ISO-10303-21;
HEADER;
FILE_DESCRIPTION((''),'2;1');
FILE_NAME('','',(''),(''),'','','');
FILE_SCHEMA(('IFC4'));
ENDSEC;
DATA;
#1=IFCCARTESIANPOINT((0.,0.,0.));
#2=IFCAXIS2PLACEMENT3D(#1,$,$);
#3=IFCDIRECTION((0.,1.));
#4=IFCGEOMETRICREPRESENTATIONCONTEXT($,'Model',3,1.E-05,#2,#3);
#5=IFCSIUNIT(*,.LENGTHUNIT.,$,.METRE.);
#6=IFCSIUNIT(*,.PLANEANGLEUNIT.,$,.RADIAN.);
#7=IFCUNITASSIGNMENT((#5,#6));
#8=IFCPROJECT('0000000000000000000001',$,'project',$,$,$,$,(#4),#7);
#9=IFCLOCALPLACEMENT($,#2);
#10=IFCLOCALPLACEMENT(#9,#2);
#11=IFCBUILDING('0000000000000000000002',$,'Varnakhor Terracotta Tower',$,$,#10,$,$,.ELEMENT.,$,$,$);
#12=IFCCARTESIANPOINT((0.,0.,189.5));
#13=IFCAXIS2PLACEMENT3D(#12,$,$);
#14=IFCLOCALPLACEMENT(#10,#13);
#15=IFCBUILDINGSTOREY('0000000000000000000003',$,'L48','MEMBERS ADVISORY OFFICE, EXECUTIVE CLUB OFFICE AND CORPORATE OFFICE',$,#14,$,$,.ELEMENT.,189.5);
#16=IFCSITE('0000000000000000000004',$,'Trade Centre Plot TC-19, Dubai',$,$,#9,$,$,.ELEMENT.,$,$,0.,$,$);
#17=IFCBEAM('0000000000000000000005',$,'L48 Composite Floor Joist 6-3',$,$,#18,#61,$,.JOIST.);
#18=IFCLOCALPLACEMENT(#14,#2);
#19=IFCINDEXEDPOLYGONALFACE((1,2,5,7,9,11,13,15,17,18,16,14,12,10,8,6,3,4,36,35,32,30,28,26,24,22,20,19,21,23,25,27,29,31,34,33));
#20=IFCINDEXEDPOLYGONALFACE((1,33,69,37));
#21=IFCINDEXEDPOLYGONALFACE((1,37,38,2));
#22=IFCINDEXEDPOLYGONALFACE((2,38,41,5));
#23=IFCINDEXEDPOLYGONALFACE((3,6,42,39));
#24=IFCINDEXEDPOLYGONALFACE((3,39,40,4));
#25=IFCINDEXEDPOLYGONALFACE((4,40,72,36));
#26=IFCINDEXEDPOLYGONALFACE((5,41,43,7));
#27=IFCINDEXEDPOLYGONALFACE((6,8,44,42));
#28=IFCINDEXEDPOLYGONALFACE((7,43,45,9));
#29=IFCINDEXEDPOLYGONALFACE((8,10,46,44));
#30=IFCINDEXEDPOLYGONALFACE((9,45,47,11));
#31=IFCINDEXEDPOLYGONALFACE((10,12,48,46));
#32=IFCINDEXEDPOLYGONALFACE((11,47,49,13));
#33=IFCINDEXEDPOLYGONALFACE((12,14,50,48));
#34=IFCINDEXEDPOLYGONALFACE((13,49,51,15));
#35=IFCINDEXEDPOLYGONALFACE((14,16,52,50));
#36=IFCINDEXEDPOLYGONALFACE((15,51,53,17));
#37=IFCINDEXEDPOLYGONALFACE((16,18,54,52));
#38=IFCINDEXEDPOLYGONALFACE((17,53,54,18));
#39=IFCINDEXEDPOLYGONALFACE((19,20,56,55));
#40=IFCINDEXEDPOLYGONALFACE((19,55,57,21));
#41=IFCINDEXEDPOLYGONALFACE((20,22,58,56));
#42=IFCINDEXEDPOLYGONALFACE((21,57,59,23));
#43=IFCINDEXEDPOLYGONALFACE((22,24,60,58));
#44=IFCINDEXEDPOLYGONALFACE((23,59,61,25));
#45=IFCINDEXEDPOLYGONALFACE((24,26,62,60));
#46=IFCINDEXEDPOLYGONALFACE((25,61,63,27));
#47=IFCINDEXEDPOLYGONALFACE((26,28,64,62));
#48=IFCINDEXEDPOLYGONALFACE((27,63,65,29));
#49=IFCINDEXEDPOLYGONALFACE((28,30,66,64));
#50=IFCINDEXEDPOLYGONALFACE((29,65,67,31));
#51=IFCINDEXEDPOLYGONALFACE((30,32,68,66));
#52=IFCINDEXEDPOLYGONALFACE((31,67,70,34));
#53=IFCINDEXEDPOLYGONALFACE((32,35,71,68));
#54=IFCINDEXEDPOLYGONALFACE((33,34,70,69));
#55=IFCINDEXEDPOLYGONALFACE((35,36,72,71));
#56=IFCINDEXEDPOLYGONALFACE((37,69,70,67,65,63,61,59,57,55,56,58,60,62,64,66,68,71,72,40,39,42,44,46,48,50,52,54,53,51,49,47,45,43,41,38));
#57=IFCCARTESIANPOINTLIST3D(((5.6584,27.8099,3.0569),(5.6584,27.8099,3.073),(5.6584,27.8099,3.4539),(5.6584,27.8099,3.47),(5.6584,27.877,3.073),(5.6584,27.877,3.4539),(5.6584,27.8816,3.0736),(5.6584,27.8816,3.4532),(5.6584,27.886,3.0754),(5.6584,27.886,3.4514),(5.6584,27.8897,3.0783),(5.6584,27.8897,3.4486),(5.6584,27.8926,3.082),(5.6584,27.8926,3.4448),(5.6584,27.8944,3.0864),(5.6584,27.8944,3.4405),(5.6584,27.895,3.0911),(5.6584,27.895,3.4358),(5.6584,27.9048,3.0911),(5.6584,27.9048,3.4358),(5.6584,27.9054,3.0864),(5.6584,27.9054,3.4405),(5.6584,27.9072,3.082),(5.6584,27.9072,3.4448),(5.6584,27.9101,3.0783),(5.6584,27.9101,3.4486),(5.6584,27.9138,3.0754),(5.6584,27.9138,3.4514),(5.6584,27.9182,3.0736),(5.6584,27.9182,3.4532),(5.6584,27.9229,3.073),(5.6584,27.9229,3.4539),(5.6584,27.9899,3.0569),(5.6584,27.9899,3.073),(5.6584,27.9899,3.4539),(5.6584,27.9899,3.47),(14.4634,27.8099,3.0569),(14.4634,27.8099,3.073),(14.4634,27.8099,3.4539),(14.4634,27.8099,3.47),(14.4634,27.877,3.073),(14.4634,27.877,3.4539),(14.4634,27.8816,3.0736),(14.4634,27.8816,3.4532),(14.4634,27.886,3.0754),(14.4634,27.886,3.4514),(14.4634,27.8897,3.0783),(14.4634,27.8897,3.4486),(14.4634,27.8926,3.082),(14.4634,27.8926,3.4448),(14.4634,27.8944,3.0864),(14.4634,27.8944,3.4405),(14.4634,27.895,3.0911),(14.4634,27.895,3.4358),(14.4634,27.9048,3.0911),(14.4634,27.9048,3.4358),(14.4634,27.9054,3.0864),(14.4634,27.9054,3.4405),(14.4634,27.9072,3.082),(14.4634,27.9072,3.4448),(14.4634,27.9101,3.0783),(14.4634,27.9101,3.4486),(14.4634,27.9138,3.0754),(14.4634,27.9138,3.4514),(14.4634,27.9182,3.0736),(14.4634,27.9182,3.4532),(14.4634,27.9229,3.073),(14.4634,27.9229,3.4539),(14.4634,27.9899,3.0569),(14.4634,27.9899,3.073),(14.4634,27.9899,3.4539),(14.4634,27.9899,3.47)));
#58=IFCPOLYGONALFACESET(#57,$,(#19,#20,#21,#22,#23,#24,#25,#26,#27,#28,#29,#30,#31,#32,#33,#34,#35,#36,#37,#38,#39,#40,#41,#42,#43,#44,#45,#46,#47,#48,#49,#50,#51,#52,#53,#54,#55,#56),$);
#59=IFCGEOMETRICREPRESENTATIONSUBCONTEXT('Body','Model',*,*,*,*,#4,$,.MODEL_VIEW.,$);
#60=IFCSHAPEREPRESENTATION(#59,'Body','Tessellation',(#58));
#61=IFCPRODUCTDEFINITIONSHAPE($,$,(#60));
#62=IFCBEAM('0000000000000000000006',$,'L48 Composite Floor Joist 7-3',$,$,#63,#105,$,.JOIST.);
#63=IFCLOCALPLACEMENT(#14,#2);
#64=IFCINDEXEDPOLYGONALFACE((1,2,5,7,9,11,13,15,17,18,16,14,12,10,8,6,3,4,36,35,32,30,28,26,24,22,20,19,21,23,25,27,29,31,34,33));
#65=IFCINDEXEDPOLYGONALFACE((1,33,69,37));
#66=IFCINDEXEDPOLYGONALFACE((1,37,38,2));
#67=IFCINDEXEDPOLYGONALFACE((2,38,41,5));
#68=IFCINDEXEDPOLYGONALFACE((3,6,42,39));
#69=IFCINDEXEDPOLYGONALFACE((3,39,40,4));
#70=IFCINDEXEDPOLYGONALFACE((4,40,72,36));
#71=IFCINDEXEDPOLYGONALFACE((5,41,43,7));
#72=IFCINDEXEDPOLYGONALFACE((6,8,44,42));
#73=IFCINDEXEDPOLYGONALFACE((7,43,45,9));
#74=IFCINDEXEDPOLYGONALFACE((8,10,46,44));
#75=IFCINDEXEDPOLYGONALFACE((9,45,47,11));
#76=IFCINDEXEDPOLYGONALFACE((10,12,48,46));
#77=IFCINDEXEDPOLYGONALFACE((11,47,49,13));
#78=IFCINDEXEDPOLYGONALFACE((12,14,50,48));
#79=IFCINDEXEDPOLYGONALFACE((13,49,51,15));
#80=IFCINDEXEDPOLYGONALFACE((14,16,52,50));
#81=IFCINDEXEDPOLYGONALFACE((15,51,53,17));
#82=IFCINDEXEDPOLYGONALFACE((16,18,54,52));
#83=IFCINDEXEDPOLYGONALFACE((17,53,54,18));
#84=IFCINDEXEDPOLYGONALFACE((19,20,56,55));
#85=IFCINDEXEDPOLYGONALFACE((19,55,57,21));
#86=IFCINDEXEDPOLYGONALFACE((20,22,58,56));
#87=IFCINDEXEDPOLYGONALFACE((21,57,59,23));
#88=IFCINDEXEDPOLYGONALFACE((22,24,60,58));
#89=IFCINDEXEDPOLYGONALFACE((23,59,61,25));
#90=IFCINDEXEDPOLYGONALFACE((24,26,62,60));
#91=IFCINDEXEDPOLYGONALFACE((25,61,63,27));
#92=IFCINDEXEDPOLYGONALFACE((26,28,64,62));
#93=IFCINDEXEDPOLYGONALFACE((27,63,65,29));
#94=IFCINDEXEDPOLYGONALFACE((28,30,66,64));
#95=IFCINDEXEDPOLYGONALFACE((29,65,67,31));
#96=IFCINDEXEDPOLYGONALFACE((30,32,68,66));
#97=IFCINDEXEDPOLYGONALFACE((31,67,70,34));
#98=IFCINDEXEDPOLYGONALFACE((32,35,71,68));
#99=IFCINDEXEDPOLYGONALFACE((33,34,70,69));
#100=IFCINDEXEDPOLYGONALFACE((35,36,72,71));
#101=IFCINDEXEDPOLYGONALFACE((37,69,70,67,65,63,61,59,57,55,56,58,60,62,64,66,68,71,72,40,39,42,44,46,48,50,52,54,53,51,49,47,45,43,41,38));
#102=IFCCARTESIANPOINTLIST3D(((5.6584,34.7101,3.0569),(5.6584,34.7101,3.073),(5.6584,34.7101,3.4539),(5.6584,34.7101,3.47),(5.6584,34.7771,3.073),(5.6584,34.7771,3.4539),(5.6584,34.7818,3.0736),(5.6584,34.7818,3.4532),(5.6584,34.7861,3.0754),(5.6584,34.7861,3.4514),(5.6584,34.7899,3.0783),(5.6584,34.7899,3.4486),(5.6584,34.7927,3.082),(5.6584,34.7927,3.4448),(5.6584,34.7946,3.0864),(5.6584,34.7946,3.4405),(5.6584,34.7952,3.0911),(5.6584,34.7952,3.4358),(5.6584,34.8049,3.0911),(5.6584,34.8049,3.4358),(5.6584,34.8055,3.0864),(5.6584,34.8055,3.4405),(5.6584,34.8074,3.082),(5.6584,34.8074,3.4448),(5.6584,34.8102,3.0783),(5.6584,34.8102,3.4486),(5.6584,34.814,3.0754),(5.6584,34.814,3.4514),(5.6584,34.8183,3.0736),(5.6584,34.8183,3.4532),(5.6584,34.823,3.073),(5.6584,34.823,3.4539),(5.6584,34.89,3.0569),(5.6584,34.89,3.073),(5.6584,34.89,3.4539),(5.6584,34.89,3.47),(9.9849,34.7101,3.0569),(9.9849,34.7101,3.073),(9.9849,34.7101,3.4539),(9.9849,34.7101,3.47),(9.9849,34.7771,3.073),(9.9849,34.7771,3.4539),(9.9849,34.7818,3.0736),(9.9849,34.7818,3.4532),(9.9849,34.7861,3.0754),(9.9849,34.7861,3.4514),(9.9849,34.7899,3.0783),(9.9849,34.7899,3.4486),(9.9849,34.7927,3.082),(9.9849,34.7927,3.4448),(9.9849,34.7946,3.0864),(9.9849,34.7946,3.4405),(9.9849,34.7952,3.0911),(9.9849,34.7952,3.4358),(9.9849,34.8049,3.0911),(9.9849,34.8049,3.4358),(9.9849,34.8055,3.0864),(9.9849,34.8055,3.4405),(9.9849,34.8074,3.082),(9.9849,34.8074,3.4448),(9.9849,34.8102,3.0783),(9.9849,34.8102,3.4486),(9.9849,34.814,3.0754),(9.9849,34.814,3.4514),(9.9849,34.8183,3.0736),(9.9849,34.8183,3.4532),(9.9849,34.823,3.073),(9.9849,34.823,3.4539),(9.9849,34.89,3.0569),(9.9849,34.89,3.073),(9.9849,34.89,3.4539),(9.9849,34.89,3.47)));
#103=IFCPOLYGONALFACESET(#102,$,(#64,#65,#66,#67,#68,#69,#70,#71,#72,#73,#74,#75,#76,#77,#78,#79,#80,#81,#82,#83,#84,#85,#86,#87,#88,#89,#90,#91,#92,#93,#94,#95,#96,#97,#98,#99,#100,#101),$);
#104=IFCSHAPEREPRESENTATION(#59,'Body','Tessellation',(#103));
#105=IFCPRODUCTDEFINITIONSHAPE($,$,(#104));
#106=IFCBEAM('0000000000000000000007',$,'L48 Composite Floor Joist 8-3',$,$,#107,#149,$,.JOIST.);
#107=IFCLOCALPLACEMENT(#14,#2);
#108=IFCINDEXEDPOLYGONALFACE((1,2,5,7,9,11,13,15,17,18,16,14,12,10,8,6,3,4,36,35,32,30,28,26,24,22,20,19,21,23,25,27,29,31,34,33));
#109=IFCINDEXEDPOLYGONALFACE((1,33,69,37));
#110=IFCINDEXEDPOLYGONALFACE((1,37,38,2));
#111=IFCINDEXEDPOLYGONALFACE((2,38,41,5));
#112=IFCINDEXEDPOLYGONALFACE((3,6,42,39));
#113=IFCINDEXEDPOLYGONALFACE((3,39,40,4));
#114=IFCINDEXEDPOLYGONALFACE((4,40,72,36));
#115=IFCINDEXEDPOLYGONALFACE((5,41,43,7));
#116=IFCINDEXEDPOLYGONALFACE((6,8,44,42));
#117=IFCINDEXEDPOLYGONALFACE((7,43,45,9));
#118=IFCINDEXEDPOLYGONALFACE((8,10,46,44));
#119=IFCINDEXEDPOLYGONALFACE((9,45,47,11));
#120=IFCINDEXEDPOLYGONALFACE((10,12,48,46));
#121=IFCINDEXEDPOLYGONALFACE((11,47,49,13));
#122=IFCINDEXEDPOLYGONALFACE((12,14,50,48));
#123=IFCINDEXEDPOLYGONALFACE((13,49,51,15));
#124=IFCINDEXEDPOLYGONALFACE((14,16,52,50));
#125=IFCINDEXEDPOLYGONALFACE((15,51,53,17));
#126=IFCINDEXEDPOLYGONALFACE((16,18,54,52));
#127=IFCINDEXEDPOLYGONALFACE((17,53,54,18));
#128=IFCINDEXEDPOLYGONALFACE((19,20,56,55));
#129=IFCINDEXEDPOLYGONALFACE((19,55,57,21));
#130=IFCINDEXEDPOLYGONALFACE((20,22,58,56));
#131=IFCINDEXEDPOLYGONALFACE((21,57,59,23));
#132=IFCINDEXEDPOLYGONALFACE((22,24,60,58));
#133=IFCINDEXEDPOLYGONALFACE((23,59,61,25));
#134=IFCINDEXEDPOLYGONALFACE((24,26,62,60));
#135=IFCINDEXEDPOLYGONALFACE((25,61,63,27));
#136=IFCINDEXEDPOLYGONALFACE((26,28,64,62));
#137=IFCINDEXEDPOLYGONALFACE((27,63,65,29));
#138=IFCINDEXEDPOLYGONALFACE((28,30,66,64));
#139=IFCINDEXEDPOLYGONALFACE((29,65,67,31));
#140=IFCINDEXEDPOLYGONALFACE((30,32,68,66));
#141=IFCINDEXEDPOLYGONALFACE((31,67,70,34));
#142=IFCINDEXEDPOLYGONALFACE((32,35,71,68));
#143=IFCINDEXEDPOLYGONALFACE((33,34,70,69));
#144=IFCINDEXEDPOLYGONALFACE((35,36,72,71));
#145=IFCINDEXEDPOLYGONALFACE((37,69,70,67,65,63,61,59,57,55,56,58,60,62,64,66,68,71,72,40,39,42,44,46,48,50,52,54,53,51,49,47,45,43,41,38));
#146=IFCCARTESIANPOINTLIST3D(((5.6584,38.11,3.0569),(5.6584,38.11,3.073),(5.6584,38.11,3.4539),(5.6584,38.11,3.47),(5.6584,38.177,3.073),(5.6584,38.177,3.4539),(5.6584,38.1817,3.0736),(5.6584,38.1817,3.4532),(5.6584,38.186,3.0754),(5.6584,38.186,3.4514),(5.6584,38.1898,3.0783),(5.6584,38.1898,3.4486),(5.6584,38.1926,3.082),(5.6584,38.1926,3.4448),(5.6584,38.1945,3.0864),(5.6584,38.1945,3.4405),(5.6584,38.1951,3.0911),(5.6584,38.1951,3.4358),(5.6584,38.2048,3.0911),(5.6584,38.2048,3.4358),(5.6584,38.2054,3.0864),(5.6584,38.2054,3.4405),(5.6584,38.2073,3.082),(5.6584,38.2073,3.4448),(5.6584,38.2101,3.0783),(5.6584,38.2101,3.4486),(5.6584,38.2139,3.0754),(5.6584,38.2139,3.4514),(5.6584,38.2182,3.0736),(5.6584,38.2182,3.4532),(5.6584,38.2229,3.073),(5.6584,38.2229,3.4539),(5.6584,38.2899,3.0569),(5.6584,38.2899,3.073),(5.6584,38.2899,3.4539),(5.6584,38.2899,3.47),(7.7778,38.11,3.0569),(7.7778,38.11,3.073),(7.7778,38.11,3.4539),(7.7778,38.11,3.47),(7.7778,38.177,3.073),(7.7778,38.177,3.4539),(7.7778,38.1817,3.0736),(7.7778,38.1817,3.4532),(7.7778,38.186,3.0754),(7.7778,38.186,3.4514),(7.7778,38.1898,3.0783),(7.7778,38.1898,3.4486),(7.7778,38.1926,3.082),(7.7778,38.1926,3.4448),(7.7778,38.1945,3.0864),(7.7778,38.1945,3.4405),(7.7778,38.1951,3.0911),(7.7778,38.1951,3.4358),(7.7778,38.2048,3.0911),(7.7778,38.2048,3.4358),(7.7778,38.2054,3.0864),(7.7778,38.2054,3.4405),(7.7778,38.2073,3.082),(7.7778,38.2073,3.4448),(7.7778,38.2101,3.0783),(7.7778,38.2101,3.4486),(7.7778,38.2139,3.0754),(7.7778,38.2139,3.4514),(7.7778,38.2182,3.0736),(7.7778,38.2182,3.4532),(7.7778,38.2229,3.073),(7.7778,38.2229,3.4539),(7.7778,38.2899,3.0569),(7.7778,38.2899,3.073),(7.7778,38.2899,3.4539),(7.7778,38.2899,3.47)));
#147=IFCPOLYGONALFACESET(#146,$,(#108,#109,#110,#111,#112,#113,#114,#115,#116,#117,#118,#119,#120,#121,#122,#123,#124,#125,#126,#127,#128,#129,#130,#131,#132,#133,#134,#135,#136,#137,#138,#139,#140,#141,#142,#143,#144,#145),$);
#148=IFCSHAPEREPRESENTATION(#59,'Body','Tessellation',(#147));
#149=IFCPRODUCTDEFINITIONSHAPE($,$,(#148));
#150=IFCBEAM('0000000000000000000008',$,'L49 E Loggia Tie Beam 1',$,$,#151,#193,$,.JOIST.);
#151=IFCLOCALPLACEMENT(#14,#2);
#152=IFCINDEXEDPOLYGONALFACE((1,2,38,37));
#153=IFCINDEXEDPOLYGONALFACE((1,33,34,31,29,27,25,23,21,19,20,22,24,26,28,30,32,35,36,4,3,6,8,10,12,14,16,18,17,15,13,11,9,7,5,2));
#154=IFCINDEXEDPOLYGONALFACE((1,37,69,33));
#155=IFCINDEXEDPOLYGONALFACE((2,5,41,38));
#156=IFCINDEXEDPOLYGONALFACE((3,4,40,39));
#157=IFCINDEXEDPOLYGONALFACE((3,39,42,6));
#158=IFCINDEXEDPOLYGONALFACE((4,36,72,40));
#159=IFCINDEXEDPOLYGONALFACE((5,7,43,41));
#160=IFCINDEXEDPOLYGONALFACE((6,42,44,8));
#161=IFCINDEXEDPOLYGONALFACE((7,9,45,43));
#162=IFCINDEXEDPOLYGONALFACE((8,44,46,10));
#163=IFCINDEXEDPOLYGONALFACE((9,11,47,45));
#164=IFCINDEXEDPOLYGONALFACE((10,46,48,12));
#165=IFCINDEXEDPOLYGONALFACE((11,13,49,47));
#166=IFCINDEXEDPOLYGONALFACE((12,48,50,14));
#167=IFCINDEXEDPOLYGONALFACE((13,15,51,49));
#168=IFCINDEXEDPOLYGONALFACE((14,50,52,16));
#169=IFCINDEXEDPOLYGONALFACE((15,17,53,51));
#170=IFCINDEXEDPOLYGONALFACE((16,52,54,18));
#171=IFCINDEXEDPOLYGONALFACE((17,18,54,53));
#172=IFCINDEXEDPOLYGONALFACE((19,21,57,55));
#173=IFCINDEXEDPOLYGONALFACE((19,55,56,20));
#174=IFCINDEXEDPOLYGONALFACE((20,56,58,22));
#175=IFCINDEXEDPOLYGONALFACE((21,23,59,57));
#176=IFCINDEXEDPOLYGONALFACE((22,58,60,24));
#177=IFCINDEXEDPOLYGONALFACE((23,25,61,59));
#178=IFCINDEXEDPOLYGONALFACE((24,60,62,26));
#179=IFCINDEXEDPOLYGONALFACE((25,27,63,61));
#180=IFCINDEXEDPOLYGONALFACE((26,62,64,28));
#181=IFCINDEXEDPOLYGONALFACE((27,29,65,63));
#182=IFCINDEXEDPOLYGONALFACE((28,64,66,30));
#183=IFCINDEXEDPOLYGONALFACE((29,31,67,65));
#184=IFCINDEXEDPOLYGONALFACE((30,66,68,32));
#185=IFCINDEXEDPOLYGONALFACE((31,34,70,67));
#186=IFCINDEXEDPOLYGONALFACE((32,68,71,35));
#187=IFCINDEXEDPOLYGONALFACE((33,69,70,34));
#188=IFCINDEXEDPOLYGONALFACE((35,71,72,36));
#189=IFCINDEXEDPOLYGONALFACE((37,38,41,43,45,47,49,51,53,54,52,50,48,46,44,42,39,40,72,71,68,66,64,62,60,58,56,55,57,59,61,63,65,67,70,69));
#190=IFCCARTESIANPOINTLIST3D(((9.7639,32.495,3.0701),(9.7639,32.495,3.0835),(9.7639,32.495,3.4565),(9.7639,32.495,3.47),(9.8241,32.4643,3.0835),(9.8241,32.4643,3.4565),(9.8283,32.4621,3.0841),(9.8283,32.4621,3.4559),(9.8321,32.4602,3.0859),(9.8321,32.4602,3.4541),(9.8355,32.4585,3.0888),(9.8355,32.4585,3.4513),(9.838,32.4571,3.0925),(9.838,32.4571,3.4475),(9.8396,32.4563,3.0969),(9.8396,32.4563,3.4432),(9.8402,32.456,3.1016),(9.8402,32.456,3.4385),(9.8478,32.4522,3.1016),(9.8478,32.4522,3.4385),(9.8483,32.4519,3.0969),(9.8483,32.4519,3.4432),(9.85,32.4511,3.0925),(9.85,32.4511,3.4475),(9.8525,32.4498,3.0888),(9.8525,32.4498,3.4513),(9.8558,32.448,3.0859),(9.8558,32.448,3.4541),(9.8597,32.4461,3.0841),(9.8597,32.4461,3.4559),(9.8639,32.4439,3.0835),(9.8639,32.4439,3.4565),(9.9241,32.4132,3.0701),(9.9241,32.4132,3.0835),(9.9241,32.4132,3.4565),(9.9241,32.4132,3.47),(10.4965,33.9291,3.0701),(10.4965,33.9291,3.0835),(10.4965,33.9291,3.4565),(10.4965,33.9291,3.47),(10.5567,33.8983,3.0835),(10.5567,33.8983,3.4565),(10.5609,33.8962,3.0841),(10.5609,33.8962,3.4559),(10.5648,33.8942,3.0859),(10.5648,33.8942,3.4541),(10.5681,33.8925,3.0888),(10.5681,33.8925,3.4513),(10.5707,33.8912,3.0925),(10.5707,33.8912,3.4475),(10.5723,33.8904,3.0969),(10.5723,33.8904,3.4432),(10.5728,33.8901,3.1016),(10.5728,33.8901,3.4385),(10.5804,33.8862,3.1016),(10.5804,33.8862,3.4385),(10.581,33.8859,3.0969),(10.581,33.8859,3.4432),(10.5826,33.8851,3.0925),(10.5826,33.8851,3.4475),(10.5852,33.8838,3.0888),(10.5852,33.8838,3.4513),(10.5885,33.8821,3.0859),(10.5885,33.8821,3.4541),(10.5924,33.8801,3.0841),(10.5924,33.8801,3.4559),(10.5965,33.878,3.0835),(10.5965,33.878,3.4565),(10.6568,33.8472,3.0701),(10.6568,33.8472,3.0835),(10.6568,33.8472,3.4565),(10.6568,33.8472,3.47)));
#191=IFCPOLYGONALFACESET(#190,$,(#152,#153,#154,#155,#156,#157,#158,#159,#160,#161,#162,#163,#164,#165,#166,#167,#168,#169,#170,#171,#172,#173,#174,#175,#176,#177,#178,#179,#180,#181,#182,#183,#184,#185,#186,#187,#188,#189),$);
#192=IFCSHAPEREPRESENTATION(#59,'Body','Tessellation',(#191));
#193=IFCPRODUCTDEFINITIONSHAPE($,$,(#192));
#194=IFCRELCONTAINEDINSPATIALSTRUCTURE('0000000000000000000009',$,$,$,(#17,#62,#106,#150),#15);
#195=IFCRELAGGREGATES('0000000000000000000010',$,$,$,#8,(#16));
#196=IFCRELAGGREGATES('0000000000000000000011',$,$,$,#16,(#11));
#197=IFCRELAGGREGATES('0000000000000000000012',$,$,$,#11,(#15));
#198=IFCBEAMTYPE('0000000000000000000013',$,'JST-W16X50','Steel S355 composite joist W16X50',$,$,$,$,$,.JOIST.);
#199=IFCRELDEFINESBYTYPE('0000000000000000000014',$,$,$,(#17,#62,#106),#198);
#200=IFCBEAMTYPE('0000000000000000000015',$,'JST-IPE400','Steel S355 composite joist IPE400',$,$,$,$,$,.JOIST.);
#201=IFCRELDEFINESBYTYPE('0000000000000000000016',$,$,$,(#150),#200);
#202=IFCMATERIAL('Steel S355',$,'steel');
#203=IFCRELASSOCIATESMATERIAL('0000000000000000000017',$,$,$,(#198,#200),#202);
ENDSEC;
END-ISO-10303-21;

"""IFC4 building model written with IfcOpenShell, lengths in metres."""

from ifc_helpers import new_model, si_unit, direction, frame, origin, origin_2d, place, context, subcontext, project, spatial, i_section, extrude, source, transform, mapped, material, material_profile, profile_set, type_object, element, save


model = new_model("IFC4")

# Units and contexts
model_context = context("Model", 3, precision=1e-05, world=origin(), true_north=direction((0.0, 1.0)))
body_context = subcontext(model_context, "Body", "Model", "MODEL_VIEW")
ifc_project = project(units=[si_unit("LENGTHUNIT", "METRE"), si_unit("PLANEANGLEUNIT", "RADIAN")], contexts=[model_context])

# Site, building, storey
site_placement = place(None, origin())
site = spatial("IfcSite", under=ifc_project, at=site_placement, Name="Trade Centre Plot TC-19, Dubai", CompositionType="ELEMENT", RefElevation=0.0)
building_placement = place(site_placement, origin())
building = spatial("IfcBuilding", under=site, at=building_placement, Name="Varnakhor Terracotta Tower", CompositionType="ELEMENT")
storey_placement = place(building_placement, frame((0.0, 0.0, 189.5)))
storey = spatial("IfcBuildingStorey", under=building, at=storey_placement, Name="L48", Description="MEMBERS ADVISORY OFFICE, EXECUTIVE CLUB OFFICE AND CORPORATE OFFICE", CompositionType="ELEMENT", Elevation=189.5)

# Beams
ifc_material_1 = material(Name="Steel S355", Category="steel")
ifc_material_profile_1 = material_profile(ifc_material_1, i_section(OverallWidth=0.1799, OverallDepth=0.4131, WebThickness=0.0098, FlangeThickness=0.0161, FilletRadius=0.0181, at=origin_2d()), Name="W16X50")
ifc_profile_set_1 = profile_set([ifc_material_profile_1], Name="Steel S355")
beam_type_1 = type_object("IfcBeamType", Name="JST-W16X50", Description="Steel S355 composite joist W16X50", PredefinedType="JOIST", material=ifc_profile_set_1)
shared_shape_1 = source(origin(), body_context, "Body", "SweptSolid", [
    extrude(i_section(OverallWidth=0.1799, OverallDepth=0.4131, WebThickness=0.0098, FlangeThickness=0.0161, FilletRadius=0.0181, at=origin_2d()), origin(), (0.0, 0.0, 1.0), 8.8049),
])
beam_1_placement = place(storey_placement, frame((5.6584, 27.8999, 3.2634), z_axis=(1.0, 0.0, 0.0), x_axis=(0.0, 1.0, 0.0)))
element("IfcBeam", 1, at=beam_1_placement, inside=storey, type_object=beam_type_1, Name="L48 Composite Floor Joist 6-3", PredefinedType="JOIST", context=body_context, shape_type="MappedRepresentation", body=[
    mapped(shared_shape_1, transform((0.0, 0.0, 0.0), scale=1.0)),
])
shared_shape_2 = source(origin(), body_context, "Body", "SweptSolid", [
    extrude(i_section(OverallWidth=0.1799, OverallDepth=0.4131, WebThickness=0.0098, FlangeThickness=0.0161, FilletRadius=0.0181, at=origin_2d()), origin(), (0.0, 0.0, 1.0), 4.3264),
])
beam_2_placement = place(storey_placement, frame((5.6584, 34.8, 3.2634), z_axis=(1.0, 0.0, 0.0), x_axis=(0.0, 1.0, 0.0)))
element("IfcBeam", 2, at=beam_2_placement, inside=storey, type_object=beam_type_1, Name="L48 Composite Floor Joist 7-3", PredefinedType="JOIST", context=body_context, shape_type="MappedRepresentation", body=[
    mapped(shared_shape_2, transform((0.0, 0.0, 0.0), scale=1.0)),
])
shared_shape_3 = source(origin(), body_context, "Body", "SweptSolid", [
    extrude(i_section(OverallWidth=0.1799, OverallDepth=0.4131, WebThickness=0.0098, FlangeThickness=0.0161, FilletRadius=0.0181, at=origin_2d()), origin(), (0.0, 0.0, 1.0), 2.1194),
])
beam_3_placement = place(storey_placement, frame((5.6584, 38.2, 3.2634), z_axis=(1.0, 0.0, 0.0), x_axis=(0.0, 1.0, 0.0)))
element("IfcBeam", 3, at=beam_3_placement, inside=storey, type_object=beam_type_1, Name="L48 Composite Floor Joist 8-3", PredefinedType="JOIST", context=body_context, shape_type="MappedRepresentation", body=[
    mapped(shared_shape_3, transform((0.0, 0.0, 0.0), scale=1.0)),
])
ifc_material_profile_2 = material_profile(ifc_material_1, i_section(OverallWidth=0.1799, OverallDepth=0.3999, WebThickness=0.0085, FlangeThickness=0.0134, FilletRadius=0.0181, at=origin_2d()), Name="IPE400")
ifc_profile_set_2 = profile_set([ifc_material_profile_2], Name="Steel S355")
beam_type_2 = type_object("IfcBeamType", Name="JST-IPE400", Description="Steel S355 composite joist IPE400", PredefinedType="JOIST", material=ifc_profile_set_2)
shared_shape_4 = source(origin(), body_context, "Body", "SweptSolid", [
    extrude(i_section(OverallWidth=0.1799, OverallDepth=0.3999, WebThickness=0.0085, FlangeThickness=0.0134, FilletRadius=0.0181, at=origin_2d()), origin(), (0.0, 0.0, 1.0), 1.6104),
])
beam_4_placement = place(storey_placement, frame((9.844, 32.4541, 3.27), z_axis=(0.454959, 0.890512, 0.0), x_axis=(-0.890512, 0.454959, 0.0)))
element("IfcBeam", 4, at=beam_4_placement, inside=storey, type_object=beam_type_2, Name="L49 E Loggia Tie Beam 1", PredefinedType="JOIST", context=body_context, shape_type="MappedRepresentation", body=[
    mapped(shared_shape_4, transform((0.0, 0.0, 0.0), scale=1.0)),
])

save(model, "model.ifc")
